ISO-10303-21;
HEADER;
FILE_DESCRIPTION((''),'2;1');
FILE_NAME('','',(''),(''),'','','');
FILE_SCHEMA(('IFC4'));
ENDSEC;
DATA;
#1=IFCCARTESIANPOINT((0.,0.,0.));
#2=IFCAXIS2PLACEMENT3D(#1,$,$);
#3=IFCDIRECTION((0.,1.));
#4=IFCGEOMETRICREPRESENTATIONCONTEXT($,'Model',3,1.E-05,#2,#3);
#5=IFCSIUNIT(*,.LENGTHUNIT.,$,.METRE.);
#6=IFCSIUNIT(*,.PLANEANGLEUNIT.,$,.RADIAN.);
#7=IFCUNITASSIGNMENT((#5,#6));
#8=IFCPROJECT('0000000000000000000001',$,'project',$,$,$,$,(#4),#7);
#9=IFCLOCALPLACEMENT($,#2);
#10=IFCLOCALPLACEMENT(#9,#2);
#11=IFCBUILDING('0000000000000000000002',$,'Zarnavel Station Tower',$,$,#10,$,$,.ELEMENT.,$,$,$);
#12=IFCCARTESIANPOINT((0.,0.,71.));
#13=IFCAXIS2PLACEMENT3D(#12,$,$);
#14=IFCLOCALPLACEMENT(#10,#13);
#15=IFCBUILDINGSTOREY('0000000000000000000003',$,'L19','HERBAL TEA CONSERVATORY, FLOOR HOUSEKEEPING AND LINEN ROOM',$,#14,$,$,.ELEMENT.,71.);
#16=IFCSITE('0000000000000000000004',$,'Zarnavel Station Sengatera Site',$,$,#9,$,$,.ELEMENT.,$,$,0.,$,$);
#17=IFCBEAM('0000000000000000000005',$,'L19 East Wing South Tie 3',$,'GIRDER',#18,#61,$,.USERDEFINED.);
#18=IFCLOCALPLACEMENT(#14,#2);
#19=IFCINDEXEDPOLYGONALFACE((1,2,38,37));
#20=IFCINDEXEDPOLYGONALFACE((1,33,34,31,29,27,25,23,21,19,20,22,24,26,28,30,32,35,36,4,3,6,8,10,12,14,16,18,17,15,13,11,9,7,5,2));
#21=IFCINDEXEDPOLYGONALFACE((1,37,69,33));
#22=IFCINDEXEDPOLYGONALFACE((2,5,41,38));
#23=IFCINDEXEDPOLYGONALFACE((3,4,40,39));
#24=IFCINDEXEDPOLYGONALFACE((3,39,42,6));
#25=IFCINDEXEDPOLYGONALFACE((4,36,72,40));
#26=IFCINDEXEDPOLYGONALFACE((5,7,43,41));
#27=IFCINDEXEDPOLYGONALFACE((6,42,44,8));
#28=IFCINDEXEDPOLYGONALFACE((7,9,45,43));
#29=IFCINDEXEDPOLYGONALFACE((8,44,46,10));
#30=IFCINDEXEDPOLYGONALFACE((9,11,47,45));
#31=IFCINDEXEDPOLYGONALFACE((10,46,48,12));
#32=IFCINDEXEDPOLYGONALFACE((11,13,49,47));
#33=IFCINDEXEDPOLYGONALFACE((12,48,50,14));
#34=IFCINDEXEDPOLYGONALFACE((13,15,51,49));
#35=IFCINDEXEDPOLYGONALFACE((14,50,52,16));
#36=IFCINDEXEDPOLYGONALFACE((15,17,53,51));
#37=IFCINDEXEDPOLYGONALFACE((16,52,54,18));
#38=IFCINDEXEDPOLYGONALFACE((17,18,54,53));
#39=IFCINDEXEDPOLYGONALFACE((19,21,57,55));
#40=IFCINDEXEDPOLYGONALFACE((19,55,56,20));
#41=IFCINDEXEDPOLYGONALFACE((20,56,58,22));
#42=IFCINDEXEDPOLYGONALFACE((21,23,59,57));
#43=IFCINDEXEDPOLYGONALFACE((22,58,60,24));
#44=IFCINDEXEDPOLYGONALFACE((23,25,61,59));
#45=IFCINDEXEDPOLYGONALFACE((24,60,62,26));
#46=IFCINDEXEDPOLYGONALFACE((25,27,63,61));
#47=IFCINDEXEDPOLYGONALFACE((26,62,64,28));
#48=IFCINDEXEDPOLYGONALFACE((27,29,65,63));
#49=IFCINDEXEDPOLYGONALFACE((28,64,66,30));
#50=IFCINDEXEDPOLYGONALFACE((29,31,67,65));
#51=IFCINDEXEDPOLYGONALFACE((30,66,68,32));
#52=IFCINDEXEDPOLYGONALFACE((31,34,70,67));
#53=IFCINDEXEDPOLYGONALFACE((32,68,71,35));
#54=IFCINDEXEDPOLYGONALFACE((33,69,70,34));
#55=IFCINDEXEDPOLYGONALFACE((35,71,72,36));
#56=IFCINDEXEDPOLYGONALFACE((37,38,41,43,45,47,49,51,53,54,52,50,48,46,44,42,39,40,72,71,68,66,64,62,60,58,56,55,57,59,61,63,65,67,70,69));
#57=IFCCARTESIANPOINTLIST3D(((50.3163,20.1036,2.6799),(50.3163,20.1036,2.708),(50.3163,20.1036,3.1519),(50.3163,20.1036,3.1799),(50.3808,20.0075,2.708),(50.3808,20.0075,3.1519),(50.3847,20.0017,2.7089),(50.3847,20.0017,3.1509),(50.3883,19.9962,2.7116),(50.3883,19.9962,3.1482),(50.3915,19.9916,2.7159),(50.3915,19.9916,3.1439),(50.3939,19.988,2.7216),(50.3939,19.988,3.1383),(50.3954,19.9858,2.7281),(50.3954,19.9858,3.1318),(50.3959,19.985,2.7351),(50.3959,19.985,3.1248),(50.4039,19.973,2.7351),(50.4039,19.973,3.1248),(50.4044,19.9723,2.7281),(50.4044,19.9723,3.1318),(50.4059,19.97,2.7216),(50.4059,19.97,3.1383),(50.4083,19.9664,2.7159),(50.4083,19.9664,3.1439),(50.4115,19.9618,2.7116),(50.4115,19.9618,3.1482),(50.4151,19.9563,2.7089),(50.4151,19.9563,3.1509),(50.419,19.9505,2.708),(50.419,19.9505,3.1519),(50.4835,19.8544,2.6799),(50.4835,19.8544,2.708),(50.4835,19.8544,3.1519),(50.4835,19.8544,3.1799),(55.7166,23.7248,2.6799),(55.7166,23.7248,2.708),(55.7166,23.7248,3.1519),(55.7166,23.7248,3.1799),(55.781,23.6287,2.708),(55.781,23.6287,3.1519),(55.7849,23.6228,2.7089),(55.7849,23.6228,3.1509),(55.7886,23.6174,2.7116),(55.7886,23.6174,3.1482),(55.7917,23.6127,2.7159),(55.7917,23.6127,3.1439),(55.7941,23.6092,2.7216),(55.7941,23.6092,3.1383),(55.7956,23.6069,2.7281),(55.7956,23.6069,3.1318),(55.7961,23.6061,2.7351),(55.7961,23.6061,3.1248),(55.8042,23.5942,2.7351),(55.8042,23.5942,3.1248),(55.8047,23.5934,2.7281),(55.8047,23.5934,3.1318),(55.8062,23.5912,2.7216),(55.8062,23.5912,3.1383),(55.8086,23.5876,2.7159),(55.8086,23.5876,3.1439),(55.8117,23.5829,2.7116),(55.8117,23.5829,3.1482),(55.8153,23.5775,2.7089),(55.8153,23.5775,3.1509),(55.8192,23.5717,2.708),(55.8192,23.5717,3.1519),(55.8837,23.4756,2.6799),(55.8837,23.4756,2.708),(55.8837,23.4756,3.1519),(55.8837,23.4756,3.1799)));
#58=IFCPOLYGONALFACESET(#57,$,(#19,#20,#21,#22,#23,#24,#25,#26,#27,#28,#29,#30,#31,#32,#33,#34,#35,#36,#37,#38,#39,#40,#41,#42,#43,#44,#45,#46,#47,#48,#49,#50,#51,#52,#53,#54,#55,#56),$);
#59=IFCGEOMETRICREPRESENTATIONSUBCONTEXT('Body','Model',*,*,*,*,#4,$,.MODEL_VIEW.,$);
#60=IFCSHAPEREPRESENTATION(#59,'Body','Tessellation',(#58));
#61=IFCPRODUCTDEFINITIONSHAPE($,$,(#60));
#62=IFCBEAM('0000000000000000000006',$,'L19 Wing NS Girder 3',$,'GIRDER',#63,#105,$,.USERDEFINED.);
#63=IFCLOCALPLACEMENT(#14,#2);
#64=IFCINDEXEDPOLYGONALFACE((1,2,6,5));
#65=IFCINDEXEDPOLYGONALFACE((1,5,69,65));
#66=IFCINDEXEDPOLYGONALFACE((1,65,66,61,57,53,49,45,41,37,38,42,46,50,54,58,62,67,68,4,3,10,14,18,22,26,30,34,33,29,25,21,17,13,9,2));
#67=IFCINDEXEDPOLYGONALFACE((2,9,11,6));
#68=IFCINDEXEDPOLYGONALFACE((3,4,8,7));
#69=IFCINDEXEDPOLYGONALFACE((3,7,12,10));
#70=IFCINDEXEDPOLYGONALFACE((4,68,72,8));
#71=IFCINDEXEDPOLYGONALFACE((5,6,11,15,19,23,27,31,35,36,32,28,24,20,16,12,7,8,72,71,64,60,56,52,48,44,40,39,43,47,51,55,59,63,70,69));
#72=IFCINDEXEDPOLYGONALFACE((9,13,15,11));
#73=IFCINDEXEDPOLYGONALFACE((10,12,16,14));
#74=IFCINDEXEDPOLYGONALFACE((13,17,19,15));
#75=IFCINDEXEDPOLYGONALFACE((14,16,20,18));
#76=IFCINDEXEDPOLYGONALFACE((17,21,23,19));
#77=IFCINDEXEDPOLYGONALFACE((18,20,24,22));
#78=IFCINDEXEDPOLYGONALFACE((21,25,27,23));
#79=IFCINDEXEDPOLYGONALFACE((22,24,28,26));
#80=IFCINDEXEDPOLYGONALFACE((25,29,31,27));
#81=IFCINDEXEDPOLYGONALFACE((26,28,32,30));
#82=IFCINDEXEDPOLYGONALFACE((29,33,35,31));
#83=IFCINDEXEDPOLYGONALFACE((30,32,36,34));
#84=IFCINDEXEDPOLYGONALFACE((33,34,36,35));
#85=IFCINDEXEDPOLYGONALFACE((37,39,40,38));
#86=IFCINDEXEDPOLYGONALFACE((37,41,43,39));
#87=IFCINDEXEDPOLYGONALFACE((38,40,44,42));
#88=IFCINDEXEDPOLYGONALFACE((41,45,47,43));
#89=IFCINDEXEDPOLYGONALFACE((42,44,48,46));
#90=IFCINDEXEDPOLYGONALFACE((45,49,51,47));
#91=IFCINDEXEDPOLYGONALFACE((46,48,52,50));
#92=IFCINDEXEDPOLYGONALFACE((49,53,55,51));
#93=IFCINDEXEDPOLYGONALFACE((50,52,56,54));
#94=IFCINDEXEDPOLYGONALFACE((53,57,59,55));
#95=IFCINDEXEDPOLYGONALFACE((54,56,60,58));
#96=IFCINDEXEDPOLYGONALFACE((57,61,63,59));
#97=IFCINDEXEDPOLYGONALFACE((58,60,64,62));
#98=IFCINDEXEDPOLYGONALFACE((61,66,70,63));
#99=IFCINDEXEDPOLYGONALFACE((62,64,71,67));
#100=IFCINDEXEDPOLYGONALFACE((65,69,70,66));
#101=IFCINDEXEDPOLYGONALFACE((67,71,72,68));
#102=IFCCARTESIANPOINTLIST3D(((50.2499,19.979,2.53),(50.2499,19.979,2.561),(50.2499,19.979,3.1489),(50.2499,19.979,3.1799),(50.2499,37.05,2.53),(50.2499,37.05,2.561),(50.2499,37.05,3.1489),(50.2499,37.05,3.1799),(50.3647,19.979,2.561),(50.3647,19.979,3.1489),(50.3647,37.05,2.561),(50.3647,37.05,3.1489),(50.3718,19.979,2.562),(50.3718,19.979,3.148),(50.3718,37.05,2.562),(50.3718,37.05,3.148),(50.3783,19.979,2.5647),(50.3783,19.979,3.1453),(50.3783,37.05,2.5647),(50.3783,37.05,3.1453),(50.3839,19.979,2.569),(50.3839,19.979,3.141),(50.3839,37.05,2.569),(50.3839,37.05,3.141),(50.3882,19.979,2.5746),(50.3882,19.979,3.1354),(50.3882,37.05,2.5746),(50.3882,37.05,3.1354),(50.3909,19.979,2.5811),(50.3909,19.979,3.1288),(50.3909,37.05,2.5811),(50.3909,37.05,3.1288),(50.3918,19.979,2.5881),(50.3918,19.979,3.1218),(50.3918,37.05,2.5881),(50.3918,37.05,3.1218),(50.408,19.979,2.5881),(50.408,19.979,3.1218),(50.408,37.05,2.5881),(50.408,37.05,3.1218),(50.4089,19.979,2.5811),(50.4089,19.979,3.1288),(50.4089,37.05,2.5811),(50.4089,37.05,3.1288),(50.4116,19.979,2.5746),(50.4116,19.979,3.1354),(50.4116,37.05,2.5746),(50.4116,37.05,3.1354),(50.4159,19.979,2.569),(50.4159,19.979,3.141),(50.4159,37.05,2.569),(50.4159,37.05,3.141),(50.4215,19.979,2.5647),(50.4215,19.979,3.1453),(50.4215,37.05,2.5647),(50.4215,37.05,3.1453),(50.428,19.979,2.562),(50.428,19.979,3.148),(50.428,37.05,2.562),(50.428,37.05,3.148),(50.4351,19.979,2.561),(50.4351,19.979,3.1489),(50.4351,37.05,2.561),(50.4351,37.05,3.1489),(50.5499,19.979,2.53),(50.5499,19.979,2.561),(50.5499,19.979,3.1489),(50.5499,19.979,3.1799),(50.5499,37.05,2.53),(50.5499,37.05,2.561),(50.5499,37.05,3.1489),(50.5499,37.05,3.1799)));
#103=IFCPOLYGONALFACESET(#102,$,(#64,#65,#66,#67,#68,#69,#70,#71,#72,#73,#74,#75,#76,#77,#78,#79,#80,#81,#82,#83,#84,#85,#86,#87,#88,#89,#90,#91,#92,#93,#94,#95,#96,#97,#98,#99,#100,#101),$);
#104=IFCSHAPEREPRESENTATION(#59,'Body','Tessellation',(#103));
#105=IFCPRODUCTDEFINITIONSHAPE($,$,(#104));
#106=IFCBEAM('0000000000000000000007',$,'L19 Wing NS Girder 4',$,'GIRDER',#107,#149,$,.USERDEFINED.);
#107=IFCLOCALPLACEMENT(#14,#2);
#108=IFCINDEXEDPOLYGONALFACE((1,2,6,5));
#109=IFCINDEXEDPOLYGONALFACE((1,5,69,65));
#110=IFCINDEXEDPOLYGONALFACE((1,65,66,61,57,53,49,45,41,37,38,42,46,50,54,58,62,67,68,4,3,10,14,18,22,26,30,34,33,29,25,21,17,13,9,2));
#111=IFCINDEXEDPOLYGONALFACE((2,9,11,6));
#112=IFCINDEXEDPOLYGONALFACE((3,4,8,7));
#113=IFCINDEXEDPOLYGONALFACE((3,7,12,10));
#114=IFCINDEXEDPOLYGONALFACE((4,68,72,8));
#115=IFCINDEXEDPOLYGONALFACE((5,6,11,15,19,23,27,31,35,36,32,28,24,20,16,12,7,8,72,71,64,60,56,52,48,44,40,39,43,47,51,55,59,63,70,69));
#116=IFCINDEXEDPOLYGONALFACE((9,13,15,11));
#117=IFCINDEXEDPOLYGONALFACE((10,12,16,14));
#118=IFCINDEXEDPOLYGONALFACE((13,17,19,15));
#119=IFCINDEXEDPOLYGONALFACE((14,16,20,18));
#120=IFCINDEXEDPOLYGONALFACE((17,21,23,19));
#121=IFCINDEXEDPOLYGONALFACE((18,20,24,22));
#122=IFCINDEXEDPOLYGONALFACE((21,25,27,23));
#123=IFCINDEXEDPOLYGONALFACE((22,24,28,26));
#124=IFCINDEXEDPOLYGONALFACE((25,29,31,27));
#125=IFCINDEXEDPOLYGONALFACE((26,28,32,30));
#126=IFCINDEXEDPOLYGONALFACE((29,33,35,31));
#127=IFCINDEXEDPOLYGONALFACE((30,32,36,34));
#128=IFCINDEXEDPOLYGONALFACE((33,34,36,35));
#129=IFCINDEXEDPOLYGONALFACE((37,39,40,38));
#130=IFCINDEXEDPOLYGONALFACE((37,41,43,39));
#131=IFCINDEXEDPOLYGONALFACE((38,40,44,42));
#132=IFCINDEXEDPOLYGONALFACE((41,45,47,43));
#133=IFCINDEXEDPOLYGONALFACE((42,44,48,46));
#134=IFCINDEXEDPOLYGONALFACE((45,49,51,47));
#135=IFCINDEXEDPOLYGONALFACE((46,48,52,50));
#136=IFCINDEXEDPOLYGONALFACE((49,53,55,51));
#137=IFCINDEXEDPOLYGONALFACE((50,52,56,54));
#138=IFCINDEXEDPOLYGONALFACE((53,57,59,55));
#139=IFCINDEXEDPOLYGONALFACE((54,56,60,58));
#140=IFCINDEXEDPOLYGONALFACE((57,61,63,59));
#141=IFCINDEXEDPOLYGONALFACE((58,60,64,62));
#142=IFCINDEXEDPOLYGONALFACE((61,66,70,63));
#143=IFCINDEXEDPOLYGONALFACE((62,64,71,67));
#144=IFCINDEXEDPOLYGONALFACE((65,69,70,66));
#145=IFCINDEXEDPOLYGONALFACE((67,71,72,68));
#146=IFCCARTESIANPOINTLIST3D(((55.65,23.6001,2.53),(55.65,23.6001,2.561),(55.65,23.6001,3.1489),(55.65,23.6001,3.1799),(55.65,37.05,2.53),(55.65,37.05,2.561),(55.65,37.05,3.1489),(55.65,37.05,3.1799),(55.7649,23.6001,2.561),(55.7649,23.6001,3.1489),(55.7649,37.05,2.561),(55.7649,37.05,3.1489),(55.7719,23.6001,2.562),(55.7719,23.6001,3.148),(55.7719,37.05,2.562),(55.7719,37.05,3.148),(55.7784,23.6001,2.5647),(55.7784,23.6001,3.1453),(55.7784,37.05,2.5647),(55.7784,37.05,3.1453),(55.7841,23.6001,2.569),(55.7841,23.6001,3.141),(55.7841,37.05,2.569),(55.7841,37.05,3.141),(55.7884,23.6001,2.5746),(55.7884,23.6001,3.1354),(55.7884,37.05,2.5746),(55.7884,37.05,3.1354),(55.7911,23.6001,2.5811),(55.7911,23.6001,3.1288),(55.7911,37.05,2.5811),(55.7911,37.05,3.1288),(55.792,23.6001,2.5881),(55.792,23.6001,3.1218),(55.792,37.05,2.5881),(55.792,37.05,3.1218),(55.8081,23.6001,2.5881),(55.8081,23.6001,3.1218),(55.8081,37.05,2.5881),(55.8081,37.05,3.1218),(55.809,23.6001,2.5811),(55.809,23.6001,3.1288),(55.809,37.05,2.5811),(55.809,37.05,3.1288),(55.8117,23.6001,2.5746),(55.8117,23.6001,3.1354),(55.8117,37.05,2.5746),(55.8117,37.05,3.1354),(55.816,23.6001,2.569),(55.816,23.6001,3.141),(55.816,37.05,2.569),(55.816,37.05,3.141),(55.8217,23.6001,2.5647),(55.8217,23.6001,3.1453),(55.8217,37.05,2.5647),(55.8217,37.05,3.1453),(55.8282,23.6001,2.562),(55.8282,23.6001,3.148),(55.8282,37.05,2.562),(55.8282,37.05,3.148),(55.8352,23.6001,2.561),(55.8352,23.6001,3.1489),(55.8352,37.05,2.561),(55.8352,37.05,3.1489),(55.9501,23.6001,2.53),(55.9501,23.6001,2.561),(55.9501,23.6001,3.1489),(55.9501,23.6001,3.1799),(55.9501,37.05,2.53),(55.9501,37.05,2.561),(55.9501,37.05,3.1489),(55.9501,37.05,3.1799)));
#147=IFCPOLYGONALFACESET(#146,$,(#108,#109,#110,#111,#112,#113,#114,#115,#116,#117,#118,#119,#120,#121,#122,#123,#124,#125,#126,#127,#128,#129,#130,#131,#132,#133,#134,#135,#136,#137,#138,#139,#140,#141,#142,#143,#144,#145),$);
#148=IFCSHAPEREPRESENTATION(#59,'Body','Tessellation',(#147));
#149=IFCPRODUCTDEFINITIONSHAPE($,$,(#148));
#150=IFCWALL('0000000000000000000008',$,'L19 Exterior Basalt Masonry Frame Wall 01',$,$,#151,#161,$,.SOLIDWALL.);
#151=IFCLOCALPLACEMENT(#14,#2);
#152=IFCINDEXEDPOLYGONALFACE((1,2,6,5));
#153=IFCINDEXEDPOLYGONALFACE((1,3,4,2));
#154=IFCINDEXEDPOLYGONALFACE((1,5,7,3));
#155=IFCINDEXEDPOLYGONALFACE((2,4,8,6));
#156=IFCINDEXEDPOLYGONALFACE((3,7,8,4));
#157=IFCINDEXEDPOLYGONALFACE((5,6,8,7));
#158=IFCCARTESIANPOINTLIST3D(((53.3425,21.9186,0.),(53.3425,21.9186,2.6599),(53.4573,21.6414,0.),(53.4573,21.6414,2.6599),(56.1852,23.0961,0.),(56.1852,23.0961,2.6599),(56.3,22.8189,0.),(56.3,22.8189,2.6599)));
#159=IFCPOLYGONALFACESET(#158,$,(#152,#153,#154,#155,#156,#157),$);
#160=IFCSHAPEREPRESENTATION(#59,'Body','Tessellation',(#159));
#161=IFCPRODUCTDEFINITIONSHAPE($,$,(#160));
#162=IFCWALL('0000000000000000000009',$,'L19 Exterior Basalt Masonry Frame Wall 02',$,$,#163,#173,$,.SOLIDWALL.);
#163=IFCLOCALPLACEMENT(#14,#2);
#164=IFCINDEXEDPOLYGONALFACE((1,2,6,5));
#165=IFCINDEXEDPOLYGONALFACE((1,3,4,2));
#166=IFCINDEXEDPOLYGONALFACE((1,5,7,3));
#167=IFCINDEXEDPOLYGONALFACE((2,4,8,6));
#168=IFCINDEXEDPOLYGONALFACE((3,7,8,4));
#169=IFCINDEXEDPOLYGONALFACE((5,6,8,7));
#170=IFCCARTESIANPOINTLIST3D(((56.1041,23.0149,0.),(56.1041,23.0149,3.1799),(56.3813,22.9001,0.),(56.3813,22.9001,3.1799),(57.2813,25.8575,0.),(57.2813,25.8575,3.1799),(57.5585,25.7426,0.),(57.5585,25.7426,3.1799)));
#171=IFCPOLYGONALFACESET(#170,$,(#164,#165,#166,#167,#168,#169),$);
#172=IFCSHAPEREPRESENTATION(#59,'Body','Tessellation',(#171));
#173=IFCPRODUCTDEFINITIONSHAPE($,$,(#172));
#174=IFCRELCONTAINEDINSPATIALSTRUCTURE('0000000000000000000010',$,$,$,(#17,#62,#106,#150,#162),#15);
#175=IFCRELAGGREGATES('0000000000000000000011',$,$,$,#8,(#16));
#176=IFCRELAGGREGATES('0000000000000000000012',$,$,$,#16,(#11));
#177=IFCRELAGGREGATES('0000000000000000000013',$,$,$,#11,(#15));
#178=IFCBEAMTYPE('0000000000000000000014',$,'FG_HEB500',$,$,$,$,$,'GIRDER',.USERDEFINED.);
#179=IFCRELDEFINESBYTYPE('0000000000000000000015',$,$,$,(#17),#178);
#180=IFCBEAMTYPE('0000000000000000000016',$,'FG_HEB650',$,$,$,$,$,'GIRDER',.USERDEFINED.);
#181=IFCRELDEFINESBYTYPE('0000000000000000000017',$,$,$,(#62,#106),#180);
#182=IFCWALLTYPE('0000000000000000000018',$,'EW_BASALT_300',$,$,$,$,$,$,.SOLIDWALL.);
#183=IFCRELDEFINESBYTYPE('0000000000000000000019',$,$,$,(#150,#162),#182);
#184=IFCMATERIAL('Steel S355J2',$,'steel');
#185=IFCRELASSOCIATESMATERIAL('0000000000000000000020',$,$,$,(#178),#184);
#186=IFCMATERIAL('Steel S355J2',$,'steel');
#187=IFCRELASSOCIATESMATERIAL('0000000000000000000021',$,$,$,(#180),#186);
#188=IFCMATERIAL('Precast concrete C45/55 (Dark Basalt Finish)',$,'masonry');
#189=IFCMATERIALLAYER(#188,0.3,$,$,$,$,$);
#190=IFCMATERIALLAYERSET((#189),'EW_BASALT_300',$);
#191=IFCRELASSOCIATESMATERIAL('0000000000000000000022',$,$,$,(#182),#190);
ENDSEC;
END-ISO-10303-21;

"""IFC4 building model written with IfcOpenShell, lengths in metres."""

from ifc_helpers import new_model, si_unit, direction, frame, frame_2d, origin, origin_2d, place, context, subcontext, project, spatial, rectangle, i_section, extrude, material, layer, layer_set, material_profile, profile_set, type_object, element, save


model = new_model("IFC4")

# Units and contexts
model_context = context("Model", 3, precision=1e-05, world=origin(), true_north=direction((0.0, 1.0)))
body_context = subcontext(model_context, "Body", "Model", "MODEL_VIEW")
ifc_project = project(units=[si_unit("LENGTHUNIT", "METRE"), si_unit("PLANEANGLEUNIT", "RADIAN")], contexts=[model_context])

# Site, building, storey
site_placement = place(None, origin())
site = spatial("IfcSite", under=ifc_project, at=site_placement, Name="Zarnavel Station Sengatera Site", CompositionType="ELEMENT", RefElevation=0.0)
building_placement = place(site_placement, origin())
building = spatial("IfcBuilding", under=site, at=building_placement, Name="Zarnavel Station Tower", CompositionType="ELEMENT")
storey_placement = place(building_placement, frame((0.0, 0.0, 71.0)))
storey = spatial("IfcBuildingStorey", under=building, at=storey_placement, Name="L19", Description="HERBAL TEA CONSERVATORY, FLOOR HOUSEKEEPING AND LINEN ROOM", CompositionType="ELEMENT", Elevation=71.0)

# Beams
ifc_material_1 = material(Name="Steel S355J2", Category="steel")
ifc_material_profile_1 = material_profile(ifc_material_1, i_section(OverallWidth=0.3, OverallDepth=0.5, WebThickness=0.0144, FlangeThickness=0.0281, FilletRadius=0.0271, at=origin_2d()), Name="HEB500")
ifc_profile_set_1 = profile_set([ifc_material_profile_1], Name="Steel S355J2")
beam_type_1 = type_object("IfcBeamType", Name="FG_HEB500", ElementType="GIRDER", PredefinedType="USERDEFINED", material=ifc_profile_set_1)
beam_1_placement = place(storey_placement, frame((50.3999, 19.979, 2.9299), z_axis=(0.830557, 0.556934, 0.0), x_axis=(-0.556934, 0.830557, 0.0)))
element("IfcBeam", 1, at=beam_1_placement, inside=storey, type_object=beam_type_1, Name="L19 East Wing South Tie 3", ObjectType="GIRDER", PredefinedType="USERDEFINED", context=body_context, shape_type="SweptSolid", body=[
    extrude(i_section(OverallWidth=0.3, OverallDepth=0.5, WebThickness=0.0144, FlangeThickness=0.0281, FilletRadius=0.0271, at=origin_2d()), origin(), (0.0, 0.0, 1.0), 6.502),
])
ifc_material_2 = material(Name="Steel S355J2", Category="steel")
ifc_material_profile_2 = material_profile(ifc_material_2, i_section(OverallWidth=0.3, OverallDepth=0.6499, WebThickness=0.0161, FlangeThickness=0.031, FilletRadius=0.0271, at=origin_2d()), Name="HEB650")
ifc_profile_set_2 = profile_set([ifc_material_profile_2], Name="Steel S355J2")
beam_type_2 = type_object("IfcBeamType", Name="FG_HEB650", ElementType="GIRDER", PredefinedType="USERDEFINED", material=ifc_profile_set_2)
beam_2_placement = place(storey_placement, frame((50.3999, 19.979, 2.855), z_axis=(0.0, 1.0, 0.0), x_axis=(-1.0, 0.0, 0.0)))
element("IfcBeam", 2, at=beam_2_placement, inside=storey, type_object=beam_type_2, Name="L19 Wing NS Girder 3", ObjectType="GIRDER", PredefinedType="USERDEFINED", context=body_context, shape_type="SweptSolid", body=[
    extrude(i_section(OverallWidth=0.3, OverallDepth=0.6499, WebThickness=0.0161, FlangeThickness=0.031, FilletRadius=0.0271, at=origin_2d()), origin(), (0.0, 0.0, 1.0), 17.071),
])
beam_3_placement = place(storey_placement, frame((55.8, 23.6001, 2.855), z_axis=(0.0, 1.0, 0.0), x_axis=(-1.0, 0.0, 0.0)))
element("IfcBeam", 3, at=beam_3_placement, inside=storey, type_object=beam_type_2, Name="L19 Wing NS Girder 4", ObjectType="GIRDER", PredefinedType="USERDEFINED", context=body_context, shape_type="SweptSolid", body=[
    extrude(i_section(OverallWidth=0.3, OverallDepth=0.6499, WebThickness=0.0161, FlangeThickness=0.031, FilletRadius=0.0271, at=origin_2d()), origin(), (0.0, 0.0, 1.0), 13.45),
])

# Walls
ifc_material_3 = material(Name="Precast concrete C45/55 (Dark Basalt Finish)", Category="masonry")
ifc_layer_1 = layer(ifc_material_3, 0.3)
ifc_layer_set_1 = layer_set([ifc_layer_1], Name="EW_BASALT_300")
wall_type_1 = type_object("IfcWallType", Name="EW_BASALT_300", PredefinedType="SOLIDWALL", material=ifc_layer_set_1)
wall_1_placement = place(storey_placement, frame((56.2427, 22.9575, 0.0), z_axis=(0.0, 0.0, 1.0), x_axis=(-0.923882, -0.382676, 0.0)))
element("IfcWall", 4, at=wall_1_placement, inside=storey, type_object=wall_type_1, Name="L19 Exterior Basalt Masonry Frame Wall 01", PredefinedType="SOLIDWALL", context=body_context, shape_type="SweptSolid", body=[
    extrude(rectangle(XDim=3.0769, YDim=0.3, at=frame_2d((1.5386, 0.0))), origin(), (0.0, 0.0, 1.0), 2.6599),
])
wall_2_placement = place(storey_placement, frame((57.4199, 25.8, 0.0), z_axis=(0.0, 0.0, 1.0), x_axis=(-0.382637, -0.923899, 0.0)))
element("IfcWall", 5, at=wall_2_placement, inside=storey, type_object=wall_type_1, Name="L19 Exterior Basalt Masonry Frame Wall 02", PredefinedType="SOLIDWALL", context=body_context, shape_type="SweptSolid", body=[
    extrude(rectangle(XDim=3.0767, YDim=0.3, at=frame_2d((1.5383, 0.0))), origin(), (0.0, 0.0, 1.0), 3.1799),
])

save(model, "model.ifc")
